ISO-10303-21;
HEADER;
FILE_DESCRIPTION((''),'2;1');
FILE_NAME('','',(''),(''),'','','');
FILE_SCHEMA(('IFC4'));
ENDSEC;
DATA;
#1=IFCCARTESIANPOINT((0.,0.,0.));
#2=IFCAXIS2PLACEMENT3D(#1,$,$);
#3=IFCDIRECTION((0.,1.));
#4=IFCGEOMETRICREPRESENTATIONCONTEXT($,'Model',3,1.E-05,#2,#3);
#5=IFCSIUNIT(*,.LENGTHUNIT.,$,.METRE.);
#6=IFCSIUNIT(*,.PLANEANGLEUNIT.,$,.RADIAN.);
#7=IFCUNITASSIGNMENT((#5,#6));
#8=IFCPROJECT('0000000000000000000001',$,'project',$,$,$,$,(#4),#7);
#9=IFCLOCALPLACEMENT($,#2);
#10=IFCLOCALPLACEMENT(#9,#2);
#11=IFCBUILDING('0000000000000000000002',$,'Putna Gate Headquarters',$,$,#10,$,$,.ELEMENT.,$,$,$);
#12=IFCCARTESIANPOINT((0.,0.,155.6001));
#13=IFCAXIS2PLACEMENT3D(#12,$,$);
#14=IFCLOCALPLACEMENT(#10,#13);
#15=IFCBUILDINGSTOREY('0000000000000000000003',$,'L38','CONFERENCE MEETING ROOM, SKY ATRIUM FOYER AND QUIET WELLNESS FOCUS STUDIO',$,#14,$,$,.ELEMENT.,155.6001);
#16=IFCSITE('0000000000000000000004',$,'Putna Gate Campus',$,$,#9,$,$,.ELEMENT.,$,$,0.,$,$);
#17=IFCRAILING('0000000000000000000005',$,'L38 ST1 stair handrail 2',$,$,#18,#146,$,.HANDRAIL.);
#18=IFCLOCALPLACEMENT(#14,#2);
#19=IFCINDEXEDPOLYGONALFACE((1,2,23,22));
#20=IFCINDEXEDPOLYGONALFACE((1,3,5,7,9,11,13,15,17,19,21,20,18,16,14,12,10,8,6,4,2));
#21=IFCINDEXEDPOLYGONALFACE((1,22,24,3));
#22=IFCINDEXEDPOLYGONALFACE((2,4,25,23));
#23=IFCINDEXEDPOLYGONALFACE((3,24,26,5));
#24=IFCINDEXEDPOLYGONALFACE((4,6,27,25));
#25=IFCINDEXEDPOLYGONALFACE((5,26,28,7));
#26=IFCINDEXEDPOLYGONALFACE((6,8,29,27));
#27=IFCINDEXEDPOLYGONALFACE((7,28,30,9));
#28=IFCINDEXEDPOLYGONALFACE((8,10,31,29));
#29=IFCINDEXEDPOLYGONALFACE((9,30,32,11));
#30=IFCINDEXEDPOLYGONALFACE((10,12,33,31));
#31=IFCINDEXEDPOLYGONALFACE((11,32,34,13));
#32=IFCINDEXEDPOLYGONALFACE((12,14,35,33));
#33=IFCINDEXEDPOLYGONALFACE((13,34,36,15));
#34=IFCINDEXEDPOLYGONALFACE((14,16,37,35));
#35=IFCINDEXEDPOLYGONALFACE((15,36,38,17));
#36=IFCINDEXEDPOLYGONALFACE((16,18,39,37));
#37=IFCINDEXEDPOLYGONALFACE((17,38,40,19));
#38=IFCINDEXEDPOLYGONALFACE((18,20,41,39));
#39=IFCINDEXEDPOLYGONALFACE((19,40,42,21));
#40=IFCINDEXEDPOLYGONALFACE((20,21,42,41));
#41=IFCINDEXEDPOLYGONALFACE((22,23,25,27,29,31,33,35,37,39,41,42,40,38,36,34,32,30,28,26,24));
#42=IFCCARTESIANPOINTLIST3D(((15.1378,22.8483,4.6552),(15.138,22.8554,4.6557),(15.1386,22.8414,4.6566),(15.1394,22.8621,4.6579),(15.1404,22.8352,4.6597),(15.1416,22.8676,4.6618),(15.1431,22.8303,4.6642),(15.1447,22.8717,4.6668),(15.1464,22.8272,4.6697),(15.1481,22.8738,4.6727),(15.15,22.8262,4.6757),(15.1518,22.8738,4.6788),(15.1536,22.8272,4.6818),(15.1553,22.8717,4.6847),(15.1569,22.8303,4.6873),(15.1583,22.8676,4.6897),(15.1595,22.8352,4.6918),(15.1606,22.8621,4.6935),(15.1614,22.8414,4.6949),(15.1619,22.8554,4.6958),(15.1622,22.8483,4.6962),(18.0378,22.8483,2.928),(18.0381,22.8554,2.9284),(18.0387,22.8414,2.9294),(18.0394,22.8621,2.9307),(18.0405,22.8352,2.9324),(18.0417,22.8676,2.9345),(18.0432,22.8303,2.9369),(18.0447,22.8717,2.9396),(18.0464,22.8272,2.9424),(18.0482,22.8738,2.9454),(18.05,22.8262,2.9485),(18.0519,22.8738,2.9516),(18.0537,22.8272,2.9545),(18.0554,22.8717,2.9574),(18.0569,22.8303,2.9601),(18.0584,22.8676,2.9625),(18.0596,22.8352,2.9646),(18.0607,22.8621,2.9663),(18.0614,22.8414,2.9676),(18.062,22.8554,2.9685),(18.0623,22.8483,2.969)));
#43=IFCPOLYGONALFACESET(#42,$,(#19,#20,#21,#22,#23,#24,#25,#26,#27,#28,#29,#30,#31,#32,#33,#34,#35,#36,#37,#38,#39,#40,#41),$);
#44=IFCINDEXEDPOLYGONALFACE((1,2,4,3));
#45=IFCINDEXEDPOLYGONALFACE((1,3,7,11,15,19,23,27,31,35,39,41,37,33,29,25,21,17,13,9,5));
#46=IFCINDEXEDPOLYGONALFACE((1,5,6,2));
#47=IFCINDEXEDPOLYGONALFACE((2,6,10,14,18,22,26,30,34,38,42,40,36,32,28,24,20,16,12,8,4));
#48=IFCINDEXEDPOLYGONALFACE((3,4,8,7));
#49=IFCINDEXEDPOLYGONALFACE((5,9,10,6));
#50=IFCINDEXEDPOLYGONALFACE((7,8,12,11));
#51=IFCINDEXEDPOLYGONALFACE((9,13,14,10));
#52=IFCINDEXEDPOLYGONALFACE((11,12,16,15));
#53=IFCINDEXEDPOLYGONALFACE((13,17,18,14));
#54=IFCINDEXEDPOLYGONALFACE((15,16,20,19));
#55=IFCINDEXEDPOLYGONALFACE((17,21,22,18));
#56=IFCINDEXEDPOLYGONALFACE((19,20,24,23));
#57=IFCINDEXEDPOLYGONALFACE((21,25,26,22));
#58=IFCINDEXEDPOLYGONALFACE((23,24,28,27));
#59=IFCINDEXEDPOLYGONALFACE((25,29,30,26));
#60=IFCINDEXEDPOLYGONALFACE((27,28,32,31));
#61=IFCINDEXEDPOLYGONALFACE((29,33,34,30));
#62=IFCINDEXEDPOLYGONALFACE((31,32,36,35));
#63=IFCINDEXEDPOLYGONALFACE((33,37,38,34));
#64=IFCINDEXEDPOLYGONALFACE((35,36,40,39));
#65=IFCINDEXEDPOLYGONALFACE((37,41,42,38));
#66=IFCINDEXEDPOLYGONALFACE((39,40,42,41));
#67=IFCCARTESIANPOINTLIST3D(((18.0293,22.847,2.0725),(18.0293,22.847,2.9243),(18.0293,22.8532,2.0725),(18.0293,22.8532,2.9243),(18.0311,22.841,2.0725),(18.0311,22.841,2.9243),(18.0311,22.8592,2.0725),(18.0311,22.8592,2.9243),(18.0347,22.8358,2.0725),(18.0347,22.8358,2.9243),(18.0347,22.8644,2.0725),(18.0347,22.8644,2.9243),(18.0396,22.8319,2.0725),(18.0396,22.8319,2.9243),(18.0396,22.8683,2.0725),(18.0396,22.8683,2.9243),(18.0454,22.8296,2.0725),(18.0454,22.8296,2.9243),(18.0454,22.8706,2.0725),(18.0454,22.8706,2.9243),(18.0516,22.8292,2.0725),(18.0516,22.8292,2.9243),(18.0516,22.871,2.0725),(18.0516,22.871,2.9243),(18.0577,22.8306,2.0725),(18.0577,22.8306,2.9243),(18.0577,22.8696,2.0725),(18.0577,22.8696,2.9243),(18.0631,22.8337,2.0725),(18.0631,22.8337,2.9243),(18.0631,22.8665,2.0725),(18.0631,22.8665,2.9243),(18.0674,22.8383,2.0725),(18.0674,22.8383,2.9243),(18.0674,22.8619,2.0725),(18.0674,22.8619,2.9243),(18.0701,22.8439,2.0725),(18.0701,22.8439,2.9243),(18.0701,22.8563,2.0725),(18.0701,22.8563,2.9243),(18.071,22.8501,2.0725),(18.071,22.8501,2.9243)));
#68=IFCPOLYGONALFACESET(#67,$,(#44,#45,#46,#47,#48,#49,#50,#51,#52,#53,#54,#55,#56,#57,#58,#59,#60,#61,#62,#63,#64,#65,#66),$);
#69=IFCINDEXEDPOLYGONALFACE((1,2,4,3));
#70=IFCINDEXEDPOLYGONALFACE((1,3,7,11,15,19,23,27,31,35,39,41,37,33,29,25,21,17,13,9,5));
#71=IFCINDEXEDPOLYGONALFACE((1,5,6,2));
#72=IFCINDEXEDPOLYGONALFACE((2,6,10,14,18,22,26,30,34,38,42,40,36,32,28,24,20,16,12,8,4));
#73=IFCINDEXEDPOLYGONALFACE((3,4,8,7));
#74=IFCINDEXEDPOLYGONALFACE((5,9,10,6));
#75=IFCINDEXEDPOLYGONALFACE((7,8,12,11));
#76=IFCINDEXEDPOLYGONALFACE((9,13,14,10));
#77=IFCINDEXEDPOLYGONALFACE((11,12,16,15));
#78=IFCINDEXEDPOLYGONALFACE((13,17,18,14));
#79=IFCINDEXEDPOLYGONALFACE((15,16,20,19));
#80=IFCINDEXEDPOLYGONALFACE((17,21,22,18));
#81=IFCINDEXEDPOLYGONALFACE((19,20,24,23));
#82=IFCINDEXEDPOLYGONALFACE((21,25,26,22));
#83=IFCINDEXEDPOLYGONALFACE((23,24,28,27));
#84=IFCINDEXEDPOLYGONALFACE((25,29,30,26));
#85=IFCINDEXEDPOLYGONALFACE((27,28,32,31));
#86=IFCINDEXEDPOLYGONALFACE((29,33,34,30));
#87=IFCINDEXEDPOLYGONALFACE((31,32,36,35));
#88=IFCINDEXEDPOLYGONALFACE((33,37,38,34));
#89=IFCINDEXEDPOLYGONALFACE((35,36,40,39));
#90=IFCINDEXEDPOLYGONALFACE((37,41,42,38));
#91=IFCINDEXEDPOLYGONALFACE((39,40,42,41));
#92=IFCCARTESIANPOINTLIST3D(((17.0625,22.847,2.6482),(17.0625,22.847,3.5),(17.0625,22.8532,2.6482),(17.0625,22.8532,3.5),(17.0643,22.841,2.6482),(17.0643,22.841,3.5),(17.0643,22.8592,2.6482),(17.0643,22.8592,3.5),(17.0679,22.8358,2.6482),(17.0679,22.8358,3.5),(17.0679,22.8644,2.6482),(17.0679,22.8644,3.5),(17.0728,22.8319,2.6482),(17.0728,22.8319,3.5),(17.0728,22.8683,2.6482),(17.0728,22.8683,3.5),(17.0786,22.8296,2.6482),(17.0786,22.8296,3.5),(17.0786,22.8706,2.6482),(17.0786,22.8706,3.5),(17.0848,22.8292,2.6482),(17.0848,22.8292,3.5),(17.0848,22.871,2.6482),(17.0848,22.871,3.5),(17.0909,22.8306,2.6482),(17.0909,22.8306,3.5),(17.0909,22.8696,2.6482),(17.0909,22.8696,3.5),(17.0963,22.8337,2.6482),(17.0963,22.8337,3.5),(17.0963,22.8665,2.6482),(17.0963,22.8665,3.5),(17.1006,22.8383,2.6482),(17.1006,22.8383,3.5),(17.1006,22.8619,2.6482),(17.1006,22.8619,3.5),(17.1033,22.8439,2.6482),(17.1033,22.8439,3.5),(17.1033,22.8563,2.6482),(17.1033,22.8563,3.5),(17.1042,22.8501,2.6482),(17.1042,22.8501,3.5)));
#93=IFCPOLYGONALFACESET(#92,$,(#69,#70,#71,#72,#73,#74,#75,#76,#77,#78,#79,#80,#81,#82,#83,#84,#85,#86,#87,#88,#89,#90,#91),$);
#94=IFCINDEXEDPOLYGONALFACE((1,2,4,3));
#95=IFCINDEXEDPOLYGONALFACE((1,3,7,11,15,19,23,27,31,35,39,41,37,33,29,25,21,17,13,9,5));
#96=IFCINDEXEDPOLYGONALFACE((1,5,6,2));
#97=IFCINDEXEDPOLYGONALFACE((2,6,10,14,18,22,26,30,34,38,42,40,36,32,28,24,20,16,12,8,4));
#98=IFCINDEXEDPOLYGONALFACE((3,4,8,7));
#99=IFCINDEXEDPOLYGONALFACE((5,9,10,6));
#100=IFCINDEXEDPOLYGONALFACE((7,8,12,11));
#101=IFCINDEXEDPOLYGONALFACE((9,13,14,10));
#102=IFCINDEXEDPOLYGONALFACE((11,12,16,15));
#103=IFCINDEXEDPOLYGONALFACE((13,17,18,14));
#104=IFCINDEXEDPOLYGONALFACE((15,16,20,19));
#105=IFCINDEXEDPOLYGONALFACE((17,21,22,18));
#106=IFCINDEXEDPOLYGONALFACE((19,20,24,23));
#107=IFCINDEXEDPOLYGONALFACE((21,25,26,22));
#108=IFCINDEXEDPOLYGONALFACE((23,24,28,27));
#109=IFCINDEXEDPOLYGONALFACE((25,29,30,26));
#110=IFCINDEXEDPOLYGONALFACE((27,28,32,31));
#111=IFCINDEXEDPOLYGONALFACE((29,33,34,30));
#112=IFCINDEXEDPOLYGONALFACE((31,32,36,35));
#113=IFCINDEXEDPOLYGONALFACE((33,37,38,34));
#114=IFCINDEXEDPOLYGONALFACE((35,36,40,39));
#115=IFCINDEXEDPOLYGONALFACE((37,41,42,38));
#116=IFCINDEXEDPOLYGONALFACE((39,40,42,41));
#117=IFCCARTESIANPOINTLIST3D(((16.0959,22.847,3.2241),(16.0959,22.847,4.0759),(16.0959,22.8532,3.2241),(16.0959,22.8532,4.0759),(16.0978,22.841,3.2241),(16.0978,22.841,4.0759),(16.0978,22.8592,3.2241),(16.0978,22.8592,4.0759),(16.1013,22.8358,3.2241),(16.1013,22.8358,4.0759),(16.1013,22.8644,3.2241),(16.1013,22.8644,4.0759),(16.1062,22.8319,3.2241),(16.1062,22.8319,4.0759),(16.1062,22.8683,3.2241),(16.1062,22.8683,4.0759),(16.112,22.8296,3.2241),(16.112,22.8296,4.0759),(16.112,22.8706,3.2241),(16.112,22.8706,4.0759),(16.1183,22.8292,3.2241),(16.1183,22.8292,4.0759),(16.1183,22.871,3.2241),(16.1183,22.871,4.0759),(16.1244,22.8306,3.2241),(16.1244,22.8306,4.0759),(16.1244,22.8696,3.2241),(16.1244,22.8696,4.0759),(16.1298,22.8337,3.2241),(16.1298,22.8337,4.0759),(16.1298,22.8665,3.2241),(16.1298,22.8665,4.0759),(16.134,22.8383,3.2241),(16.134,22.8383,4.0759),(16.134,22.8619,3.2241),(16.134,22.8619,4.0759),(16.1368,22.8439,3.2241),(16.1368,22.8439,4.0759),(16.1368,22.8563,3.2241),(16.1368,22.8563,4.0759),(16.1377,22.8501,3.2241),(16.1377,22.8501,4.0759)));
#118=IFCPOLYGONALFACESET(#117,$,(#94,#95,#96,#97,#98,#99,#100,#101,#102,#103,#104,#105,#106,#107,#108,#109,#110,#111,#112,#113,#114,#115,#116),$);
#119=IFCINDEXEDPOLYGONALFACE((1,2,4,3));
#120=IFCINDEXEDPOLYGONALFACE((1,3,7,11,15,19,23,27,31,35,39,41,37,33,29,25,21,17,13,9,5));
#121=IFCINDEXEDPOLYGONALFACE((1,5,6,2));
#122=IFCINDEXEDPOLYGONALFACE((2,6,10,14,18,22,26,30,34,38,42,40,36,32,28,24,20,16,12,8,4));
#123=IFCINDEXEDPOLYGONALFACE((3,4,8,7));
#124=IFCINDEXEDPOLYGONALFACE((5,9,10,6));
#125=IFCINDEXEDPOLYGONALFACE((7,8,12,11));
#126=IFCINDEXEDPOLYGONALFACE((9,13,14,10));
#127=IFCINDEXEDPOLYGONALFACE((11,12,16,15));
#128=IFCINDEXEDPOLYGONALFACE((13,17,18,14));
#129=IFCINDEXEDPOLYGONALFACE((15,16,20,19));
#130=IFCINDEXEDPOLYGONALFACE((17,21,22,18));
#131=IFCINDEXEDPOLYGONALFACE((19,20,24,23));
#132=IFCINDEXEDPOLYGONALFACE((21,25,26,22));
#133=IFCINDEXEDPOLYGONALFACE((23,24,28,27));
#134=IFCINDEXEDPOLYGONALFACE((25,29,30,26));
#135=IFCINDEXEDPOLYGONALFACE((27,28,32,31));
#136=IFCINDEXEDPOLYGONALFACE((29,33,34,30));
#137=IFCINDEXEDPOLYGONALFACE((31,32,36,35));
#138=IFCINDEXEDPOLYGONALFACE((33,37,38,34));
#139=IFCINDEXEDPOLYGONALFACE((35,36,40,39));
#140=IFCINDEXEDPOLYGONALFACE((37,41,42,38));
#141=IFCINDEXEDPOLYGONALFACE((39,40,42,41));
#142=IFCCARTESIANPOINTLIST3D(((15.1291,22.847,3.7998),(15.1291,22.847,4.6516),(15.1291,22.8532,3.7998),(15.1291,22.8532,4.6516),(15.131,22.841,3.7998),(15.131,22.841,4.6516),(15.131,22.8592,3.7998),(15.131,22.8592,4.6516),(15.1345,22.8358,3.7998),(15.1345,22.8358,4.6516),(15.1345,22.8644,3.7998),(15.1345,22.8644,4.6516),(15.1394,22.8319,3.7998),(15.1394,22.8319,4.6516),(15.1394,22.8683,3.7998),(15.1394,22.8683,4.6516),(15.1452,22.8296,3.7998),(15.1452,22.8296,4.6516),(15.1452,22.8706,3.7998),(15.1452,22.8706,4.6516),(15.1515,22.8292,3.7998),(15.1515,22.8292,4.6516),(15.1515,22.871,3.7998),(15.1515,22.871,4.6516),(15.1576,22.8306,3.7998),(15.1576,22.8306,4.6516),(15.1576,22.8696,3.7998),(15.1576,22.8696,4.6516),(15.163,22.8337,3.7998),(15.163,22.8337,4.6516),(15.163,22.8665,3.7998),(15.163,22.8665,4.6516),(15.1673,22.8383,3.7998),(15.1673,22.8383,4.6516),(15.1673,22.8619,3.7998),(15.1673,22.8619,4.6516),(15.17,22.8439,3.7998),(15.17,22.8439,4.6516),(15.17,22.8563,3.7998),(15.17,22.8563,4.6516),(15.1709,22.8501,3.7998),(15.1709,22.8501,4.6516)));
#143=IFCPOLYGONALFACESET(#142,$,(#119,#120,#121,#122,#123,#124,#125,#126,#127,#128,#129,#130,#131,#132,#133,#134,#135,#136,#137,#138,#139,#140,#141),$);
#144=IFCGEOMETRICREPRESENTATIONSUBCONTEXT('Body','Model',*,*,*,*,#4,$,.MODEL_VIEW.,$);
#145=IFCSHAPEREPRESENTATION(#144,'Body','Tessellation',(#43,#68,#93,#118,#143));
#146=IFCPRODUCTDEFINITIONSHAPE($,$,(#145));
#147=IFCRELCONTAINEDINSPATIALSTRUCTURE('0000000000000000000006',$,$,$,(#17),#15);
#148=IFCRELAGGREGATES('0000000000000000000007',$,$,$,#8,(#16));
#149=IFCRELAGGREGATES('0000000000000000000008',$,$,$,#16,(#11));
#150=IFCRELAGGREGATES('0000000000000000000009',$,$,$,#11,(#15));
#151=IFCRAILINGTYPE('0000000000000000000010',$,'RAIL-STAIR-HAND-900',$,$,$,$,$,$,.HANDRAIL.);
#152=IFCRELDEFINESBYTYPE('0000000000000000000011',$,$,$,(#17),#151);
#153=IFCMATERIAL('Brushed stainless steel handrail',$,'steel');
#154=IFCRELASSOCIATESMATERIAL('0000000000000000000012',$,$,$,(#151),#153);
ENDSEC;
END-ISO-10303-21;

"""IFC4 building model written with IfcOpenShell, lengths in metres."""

from ifc_helpers import new_model, si_unit, direction, frame, origin, origin_2d, place, context, subcontext, project, spatial, circle, extrude, material, type_object, element, save


model = new_model("IFC4")

# Units and contexts
model_context = context("Model", 3, precision=1e-05, world=origin(), true_north=direction((0.0, 1.0)))
body_context = subcontext(model_context, "Body", "Model", "MODEL_VIEW")
ifc_project = project(units=[si_unit("LENGTHUNIT", "METRE"), si_unit("PLANEANGLEUNIT", "RADIAN")], contexts=[model_context])

# Site, building, storey
site_placement = place(None, origin())
site = spatial("IfcSite", under=ifc_project, at=site_placement, Name="Putna Gate Campus", CompositionType="ELEMENT", RefElevation=0.0)
building_placement = place(site_placement, origin())
building = spatial("IfcBuilding", under=site, at=building_placement, Name="Putna Gate Headquarters", CompositionType="ELEMENT")
storey_placement = place(building_placement, frame((0.0, 0.0, 155.6001)))
storey = spatial("IfcBuildingStorey", under=building, at=storey_placement, Name="L38", Description="CONFERENCE MEETING ROOM, SKY ATRIUM FOYER AND QUIET WELLNESS FOCUS STUDIO", CompositionType="ELEMENT", Elevation=155.6001)

# Railing
ifc_material_1 = material(Name="Brushed stainless steel handrail", Category="steel")
railing_type_1 = type_object("IfcRailingType", Name="RAIL-STAIR-HAND-900", PredefinedType="HANDRAIL", material=ifc_material_1)
railing_1_placement = place(storey_placement, frame((18.05, 22.8501, 2.0725)))
element("IfcRailing", 1, at=railing_1_placement, inside=storey, type_object=railing_type_1, Name="L38 ST1 stair handrail 2", PredefinedType="HANDRAIL", context=body_context, shape_type="SweptSolid", body=[
    extrude(circle(Radius=0.0239, at=origin_2d()), frame((0.0, 0.0, 0.876), z_axis=(-0.85916, 0.0, 0.511706), x_axis=(0.0, -1.0, 0.0)), (0.0, 0.0, 1.0), 3.3755),
    extrude(circle(Radius=0.021, at=origin_2d()), origin(), (0.0, 0.0, 1.0), 0.8518),
    extrude(circle(Radius=0.021, at=origin_2d()), frame((-0.9668, 0.0, 0.5757)), (0.0, 0.0, 1.0), 0.8518),
    extrude(circle(Radius=0.021, at=origin_2d()), frame((-1.9333, 0.0, 1.1516)), (0.0, 0.0, 1.0), 0.8518),
    extrude(circle(Radius=0.021, at=origin_2d()), frame((-2.9001, 0.0, 1.7273)), (0.0, 0.0, 1.0), 0.8518),
])

save(model, "model.ifc")
